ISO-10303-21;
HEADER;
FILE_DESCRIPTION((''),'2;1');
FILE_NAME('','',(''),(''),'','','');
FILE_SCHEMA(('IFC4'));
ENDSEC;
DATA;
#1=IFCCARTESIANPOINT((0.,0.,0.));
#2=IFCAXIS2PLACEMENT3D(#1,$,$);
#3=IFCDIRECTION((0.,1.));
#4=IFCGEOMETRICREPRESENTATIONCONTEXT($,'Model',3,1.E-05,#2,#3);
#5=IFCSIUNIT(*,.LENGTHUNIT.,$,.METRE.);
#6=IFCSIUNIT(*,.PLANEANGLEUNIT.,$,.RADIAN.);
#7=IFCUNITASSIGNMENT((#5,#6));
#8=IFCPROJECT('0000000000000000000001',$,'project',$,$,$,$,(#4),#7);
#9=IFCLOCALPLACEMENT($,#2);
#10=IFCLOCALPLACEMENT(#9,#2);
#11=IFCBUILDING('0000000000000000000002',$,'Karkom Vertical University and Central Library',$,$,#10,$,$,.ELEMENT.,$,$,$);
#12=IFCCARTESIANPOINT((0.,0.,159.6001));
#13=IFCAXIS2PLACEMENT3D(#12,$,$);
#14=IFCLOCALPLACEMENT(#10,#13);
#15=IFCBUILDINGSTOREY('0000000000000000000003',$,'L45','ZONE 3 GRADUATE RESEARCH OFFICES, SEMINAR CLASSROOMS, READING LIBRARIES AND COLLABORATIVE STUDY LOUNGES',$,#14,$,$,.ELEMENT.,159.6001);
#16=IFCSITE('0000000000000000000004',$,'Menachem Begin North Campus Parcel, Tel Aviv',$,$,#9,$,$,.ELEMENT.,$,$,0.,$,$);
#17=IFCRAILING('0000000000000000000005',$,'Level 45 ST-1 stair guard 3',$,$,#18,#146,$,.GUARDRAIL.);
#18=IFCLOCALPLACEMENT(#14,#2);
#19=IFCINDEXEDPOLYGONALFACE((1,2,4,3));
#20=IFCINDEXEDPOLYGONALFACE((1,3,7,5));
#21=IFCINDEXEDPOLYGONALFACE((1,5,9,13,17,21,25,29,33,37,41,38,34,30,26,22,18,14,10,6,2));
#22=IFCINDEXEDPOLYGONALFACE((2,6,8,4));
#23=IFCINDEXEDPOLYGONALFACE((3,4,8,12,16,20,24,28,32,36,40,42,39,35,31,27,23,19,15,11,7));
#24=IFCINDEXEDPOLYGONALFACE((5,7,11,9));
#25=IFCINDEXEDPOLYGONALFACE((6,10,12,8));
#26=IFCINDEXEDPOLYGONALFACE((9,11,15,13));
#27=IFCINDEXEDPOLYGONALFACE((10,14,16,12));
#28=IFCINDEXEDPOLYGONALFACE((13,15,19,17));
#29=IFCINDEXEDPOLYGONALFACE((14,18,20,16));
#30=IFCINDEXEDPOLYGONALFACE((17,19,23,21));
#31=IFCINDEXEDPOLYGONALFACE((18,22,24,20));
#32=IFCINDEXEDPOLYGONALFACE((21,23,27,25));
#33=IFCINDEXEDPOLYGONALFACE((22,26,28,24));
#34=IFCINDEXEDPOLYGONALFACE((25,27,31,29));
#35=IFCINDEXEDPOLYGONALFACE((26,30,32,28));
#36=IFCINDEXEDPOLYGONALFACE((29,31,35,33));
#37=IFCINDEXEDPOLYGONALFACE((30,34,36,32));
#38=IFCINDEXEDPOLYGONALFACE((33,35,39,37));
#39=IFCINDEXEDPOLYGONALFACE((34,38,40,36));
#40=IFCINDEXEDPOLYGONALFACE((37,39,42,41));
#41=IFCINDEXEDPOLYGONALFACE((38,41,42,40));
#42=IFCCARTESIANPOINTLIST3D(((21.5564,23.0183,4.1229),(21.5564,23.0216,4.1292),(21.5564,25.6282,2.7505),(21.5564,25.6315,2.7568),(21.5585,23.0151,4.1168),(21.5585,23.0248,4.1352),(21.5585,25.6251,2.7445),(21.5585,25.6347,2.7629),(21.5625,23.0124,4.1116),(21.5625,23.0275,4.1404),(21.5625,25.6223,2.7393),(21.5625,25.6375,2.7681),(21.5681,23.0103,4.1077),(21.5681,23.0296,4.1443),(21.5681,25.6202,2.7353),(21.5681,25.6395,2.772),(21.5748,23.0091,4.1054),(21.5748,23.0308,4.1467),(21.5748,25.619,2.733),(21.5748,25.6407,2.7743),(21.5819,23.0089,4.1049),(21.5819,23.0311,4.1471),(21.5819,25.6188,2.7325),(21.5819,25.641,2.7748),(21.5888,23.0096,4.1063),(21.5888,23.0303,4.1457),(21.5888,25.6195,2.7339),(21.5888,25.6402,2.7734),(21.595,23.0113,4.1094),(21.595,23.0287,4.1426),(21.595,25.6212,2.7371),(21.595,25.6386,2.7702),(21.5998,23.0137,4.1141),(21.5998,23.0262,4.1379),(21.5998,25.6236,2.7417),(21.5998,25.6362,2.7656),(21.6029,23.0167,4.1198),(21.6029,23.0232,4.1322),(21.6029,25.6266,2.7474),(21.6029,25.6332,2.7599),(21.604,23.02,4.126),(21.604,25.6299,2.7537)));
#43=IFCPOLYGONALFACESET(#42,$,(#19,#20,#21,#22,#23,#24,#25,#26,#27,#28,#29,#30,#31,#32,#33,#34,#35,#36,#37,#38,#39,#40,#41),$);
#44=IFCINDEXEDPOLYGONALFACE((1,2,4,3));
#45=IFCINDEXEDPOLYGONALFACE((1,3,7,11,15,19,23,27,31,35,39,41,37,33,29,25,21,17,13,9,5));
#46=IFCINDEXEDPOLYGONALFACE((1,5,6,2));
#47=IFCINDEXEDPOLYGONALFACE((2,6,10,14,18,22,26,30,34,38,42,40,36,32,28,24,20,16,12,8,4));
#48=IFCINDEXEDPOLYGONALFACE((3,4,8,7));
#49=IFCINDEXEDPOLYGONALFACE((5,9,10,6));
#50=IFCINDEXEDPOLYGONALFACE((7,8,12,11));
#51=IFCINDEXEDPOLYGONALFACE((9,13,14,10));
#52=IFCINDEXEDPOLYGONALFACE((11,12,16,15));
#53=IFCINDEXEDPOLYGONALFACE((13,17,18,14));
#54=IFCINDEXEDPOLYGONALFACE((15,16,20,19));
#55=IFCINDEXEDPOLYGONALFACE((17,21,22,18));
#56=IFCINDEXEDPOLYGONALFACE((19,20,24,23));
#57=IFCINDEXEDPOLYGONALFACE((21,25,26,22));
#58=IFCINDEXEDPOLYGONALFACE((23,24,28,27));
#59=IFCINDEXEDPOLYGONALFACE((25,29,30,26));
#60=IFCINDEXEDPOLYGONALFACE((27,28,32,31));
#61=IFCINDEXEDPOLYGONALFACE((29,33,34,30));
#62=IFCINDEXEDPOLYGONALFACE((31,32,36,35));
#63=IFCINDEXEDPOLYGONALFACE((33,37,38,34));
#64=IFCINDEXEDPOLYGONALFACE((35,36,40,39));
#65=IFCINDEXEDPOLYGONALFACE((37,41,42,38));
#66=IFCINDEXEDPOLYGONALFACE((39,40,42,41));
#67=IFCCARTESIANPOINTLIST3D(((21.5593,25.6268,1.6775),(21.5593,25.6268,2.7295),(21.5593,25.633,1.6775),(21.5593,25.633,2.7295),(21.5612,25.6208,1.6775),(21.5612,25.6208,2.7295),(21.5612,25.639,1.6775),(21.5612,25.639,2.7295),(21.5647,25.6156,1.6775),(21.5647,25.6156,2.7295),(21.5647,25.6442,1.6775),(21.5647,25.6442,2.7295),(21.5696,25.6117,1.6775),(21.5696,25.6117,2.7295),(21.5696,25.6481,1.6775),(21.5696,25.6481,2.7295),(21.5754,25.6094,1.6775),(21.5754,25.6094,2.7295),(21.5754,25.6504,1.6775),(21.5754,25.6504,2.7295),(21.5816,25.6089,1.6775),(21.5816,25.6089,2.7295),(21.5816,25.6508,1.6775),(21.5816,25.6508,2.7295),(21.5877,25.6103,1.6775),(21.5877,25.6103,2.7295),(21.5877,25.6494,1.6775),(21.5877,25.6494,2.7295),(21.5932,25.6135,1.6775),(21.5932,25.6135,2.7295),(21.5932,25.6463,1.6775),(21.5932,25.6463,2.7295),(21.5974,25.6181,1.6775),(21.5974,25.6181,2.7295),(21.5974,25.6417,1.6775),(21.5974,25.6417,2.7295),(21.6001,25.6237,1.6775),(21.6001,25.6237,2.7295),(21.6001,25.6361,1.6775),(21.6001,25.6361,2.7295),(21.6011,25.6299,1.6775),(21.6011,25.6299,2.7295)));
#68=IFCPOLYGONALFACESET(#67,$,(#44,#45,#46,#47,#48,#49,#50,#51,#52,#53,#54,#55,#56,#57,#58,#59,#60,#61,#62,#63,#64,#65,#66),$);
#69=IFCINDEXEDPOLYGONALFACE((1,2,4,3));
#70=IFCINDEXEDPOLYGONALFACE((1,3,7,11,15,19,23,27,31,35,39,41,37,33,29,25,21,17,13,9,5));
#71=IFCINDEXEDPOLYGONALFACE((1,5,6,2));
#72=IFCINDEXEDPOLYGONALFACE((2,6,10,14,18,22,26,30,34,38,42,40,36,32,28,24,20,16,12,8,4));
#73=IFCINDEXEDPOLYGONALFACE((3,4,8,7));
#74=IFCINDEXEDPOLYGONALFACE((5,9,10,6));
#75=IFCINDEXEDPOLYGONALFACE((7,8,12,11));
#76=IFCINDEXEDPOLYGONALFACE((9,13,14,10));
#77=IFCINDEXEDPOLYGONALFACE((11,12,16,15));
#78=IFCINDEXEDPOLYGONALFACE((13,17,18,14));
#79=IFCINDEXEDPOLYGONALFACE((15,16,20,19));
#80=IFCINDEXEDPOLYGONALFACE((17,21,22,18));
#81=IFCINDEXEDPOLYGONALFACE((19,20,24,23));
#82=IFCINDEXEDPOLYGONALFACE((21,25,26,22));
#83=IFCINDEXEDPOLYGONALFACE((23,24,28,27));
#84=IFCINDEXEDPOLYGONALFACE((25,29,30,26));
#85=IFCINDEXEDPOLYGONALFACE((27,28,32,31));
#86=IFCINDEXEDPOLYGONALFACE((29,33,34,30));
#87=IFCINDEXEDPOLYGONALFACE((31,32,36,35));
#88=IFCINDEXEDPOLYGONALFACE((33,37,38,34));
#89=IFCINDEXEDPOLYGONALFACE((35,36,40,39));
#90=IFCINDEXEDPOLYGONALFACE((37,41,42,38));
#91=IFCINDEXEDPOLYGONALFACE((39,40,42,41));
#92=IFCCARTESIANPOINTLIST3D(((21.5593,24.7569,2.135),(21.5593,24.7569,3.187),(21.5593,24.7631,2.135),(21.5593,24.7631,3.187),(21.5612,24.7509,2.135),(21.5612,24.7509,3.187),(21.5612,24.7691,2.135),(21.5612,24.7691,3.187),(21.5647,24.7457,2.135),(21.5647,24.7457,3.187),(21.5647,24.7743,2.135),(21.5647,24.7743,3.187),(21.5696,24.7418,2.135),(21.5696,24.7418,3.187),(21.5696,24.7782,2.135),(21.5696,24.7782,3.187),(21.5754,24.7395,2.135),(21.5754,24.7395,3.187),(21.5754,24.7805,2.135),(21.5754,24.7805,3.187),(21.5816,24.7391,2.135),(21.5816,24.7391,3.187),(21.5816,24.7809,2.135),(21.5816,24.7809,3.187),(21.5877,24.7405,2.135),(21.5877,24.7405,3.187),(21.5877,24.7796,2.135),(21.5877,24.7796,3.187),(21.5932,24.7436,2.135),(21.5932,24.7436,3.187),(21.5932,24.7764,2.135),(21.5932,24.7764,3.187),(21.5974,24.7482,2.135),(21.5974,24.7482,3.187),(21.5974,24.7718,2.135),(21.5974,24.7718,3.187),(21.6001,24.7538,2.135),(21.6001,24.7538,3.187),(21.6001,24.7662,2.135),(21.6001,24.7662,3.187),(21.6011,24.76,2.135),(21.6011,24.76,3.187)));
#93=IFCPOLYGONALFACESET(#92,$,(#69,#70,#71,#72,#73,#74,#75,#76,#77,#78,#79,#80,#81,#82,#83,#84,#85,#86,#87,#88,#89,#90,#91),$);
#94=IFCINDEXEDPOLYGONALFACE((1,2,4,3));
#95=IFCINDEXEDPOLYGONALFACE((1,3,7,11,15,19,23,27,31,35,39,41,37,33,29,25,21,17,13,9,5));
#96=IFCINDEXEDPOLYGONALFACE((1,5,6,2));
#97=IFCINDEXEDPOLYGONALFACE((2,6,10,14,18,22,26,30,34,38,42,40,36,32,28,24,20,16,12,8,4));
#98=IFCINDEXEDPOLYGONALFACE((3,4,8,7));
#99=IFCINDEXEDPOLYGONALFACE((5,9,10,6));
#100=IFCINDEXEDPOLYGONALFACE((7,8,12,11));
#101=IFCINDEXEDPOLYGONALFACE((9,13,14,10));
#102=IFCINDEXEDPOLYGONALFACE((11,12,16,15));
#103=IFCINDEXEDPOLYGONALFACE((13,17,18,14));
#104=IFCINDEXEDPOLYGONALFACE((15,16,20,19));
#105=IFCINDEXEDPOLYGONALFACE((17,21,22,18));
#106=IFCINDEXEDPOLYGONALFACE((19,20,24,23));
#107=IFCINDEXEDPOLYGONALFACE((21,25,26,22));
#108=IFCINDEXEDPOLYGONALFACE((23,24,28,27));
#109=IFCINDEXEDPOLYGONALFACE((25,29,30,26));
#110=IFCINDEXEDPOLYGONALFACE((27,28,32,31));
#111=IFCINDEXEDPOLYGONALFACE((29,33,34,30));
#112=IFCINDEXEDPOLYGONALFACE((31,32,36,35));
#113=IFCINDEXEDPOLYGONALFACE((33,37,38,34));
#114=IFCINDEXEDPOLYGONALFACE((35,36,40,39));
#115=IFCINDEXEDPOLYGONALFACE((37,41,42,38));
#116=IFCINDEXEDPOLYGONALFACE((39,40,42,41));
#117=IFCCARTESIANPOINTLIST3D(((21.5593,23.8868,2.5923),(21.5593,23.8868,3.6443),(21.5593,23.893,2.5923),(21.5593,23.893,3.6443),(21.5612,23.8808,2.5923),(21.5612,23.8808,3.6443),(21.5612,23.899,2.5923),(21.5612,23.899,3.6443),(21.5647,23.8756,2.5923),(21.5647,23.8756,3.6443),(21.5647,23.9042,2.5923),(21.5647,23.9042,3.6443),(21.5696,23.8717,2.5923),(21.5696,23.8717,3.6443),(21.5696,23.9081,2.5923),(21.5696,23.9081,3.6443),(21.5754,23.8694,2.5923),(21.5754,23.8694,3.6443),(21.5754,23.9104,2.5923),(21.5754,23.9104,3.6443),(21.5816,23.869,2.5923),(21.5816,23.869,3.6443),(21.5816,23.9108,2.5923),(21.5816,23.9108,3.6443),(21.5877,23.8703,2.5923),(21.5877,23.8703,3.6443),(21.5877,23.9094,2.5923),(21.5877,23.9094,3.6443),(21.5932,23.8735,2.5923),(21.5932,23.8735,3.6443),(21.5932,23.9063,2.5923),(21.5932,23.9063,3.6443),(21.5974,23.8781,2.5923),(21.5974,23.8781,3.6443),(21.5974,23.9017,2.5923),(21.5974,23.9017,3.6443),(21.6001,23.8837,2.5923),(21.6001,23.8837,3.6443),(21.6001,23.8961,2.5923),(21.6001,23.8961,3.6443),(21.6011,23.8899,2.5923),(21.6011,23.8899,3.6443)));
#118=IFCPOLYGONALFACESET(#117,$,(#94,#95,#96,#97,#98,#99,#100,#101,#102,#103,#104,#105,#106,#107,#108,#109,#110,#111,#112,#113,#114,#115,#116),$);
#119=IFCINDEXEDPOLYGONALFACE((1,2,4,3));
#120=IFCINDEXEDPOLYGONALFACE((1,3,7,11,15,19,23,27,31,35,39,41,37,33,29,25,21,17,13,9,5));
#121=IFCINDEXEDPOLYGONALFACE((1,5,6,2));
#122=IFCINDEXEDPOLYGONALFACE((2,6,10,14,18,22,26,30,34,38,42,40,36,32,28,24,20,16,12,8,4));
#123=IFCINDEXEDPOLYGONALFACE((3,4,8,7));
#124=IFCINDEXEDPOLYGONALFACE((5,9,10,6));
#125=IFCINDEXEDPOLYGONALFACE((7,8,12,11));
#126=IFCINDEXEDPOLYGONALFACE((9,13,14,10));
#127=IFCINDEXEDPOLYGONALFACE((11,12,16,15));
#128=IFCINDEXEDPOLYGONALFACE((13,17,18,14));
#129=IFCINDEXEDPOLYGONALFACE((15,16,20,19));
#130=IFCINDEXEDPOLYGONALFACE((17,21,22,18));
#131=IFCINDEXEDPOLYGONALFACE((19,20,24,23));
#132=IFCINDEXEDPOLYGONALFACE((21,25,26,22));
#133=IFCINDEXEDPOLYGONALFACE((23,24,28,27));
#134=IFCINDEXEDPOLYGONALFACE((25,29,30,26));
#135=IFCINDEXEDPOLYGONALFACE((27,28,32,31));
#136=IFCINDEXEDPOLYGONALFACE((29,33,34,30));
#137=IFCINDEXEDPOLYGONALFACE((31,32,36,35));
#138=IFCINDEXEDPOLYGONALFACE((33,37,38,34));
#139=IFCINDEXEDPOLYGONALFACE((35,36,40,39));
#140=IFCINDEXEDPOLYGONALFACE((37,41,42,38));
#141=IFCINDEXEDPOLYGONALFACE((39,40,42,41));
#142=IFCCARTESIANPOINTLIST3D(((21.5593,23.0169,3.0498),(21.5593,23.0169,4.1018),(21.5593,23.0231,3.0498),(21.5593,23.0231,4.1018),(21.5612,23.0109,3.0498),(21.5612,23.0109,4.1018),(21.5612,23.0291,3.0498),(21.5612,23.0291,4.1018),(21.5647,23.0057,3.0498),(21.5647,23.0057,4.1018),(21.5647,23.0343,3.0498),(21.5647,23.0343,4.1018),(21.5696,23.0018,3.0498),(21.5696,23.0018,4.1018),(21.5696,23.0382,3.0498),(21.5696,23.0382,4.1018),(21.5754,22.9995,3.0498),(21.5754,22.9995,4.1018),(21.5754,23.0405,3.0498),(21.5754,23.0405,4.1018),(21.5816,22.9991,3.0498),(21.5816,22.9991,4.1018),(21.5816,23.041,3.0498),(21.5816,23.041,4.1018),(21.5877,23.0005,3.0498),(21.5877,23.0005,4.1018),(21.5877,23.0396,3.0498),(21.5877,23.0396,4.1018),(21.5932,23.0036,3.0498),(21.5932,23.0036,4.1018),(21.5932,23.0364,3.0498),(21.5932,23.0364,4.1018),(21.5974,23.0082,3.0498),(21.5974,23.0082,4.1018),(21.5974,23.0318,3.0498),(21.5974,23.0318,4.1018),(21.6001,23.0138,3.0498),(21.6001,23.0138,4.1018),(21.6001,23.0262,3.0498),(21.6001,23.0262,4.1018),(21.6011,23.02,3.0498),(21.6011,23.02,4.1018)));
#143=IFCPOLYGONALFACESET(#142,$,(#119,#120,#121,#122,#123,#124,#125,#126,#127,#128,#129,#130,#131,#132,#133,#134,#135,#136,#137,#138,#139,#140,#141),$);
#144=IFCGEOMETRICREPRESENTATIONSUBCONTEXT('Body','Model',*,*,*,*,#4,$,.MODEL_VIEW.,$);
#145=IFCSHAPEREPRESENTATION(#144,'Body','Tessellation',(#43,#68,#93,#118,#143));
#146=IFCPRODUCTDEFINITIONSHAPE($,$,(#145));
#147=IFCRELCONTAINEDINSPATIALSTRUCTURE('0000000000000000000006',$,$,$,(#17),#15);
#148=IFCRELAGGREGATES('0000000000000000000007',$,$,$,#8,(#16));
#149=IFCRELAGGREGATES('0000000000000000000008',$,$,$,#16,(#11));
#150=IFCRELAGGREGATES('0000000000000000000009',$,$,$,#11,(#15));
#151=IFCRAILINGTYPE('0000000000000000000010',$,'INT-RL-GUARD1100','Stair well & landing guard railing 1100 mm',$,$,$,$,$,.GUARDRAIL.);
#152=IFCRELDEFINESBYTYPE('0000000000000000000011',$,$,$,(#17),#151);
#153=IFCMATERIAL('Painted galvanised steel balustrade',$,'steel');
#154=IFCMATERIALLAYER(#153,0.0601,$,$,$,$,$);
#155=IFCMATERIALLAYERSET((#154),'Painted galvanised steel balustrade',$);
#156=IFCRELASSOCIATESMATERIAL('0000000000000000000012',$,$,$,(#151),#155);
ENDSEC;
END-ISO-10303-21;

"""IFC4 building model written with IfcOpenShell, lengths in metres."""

from ifc_helpers import new_model, si_unit, direction, frame, origin, origin_2d, place, context, subcontext, project, spatial, circle, extrude, material, layer, layer_set, type_object, element, save


model = new_model("IFC4")

# Units and contexts
model_context = context("Model", 3, precision=1e-05, world=origin(), true_north=direction((0.0, 1.0)))
body_context = subcontext(model_context, "Body", "Model", "MODEL_VIEW")
ifc_project = project(units=[si_unit("LENGTHUNIT", "METRE"), si_unit("PLANEANGLEUNIT", "RADIAN")], contexts=[model_context])

# Site, building, storey
site_placement = place(None, origin())
site = spatial("IfcSite", under=ifc_project, at=site_placement, Name="Menachem Begin North Campus Parcel, Tel Aviv", CompositionType="ELEMENT", RefElevation=0.0)
building_placement = place(site_placement, origin())
building = spatial("IfcBuilding", under=site, at=building_placement, Name="Karkom Vertical University and Central Library", CompositionType="ELEMENT")
storey_placement = place(building_placement, frame((0.0, 0.0, 159.6001)))
storey = spatial("IfcBuildingStorey", under=building, at=storey_placement, Name="L45", Description="ZONE 3 GRADUATE RESEARCH OFFICES, SEMINAR CLASSROOMS, READING LIBRARIES AND COLLABORATIVE STUDY LOUNGES", CompositionType="ELEMENT", Elevation=159.6001)

# Railing
ifc_material_1 = material(Name="Painted galvanised steel balustrade", Category="steel")
ifc_layer_1 = layer(ifc_material_1, 0.0601)
ifc_layer_set_1 = layer_set([ifc_layer_1], Name="Painted galvanised steel balustrade")
railing_type_1 = type_object("IfcRailingType", Name="INT-RL-GUARD1100", Description="Stair well & landing guard railing 1100 mm", PredefinedType="GUARDRAIL", material=ifc_layer_set_1)
railing_1_placement = place(storey_placement, frame((21.5801, 25.6299, 1.6775)))
element("IfcRailing", 1, at=railing_1_placement, inside=storey, type_object=railing_type_1, Name="Level 45 ST-1 stair guard 3", PredefinedType="GUARDRAIL", context=body_context, shape_type="SweptSolid", body=[
    extrude(circle(Radius=0.0239, at=origin_2d()), frame((0.0, 0.0, 1.0762), z_axis=(0.0, -0.8851, 0.465402), x_axis=(1.0, 0.0, 0.0)), (0.0, 0.0, 1.0), 2.9487),
    extrude(circle(Radius=0.021, at=origin_2d()), origin(), (0.0, 0.0, 1.0), 1.052),
    extrude(circle(Radius=0.021, at=origin_2d()), frame((0.0, -0.8699, 0.4575)), (0.0, 0.0, 1.0), 1.052),
    extrude(circle(Radius=0.021, at=origin_2d()), frame((0.0, -1.74, 0.9148)), (0.0, 0.0, 1.0), 1.052),
    extrude(circle(Radius=0.021, at=origin_2d()), frame((0.0, -2.6099, 1.3723)), (0.0, 0.0, 1.0), 1.052),
])

save(model, "model.ifc")
